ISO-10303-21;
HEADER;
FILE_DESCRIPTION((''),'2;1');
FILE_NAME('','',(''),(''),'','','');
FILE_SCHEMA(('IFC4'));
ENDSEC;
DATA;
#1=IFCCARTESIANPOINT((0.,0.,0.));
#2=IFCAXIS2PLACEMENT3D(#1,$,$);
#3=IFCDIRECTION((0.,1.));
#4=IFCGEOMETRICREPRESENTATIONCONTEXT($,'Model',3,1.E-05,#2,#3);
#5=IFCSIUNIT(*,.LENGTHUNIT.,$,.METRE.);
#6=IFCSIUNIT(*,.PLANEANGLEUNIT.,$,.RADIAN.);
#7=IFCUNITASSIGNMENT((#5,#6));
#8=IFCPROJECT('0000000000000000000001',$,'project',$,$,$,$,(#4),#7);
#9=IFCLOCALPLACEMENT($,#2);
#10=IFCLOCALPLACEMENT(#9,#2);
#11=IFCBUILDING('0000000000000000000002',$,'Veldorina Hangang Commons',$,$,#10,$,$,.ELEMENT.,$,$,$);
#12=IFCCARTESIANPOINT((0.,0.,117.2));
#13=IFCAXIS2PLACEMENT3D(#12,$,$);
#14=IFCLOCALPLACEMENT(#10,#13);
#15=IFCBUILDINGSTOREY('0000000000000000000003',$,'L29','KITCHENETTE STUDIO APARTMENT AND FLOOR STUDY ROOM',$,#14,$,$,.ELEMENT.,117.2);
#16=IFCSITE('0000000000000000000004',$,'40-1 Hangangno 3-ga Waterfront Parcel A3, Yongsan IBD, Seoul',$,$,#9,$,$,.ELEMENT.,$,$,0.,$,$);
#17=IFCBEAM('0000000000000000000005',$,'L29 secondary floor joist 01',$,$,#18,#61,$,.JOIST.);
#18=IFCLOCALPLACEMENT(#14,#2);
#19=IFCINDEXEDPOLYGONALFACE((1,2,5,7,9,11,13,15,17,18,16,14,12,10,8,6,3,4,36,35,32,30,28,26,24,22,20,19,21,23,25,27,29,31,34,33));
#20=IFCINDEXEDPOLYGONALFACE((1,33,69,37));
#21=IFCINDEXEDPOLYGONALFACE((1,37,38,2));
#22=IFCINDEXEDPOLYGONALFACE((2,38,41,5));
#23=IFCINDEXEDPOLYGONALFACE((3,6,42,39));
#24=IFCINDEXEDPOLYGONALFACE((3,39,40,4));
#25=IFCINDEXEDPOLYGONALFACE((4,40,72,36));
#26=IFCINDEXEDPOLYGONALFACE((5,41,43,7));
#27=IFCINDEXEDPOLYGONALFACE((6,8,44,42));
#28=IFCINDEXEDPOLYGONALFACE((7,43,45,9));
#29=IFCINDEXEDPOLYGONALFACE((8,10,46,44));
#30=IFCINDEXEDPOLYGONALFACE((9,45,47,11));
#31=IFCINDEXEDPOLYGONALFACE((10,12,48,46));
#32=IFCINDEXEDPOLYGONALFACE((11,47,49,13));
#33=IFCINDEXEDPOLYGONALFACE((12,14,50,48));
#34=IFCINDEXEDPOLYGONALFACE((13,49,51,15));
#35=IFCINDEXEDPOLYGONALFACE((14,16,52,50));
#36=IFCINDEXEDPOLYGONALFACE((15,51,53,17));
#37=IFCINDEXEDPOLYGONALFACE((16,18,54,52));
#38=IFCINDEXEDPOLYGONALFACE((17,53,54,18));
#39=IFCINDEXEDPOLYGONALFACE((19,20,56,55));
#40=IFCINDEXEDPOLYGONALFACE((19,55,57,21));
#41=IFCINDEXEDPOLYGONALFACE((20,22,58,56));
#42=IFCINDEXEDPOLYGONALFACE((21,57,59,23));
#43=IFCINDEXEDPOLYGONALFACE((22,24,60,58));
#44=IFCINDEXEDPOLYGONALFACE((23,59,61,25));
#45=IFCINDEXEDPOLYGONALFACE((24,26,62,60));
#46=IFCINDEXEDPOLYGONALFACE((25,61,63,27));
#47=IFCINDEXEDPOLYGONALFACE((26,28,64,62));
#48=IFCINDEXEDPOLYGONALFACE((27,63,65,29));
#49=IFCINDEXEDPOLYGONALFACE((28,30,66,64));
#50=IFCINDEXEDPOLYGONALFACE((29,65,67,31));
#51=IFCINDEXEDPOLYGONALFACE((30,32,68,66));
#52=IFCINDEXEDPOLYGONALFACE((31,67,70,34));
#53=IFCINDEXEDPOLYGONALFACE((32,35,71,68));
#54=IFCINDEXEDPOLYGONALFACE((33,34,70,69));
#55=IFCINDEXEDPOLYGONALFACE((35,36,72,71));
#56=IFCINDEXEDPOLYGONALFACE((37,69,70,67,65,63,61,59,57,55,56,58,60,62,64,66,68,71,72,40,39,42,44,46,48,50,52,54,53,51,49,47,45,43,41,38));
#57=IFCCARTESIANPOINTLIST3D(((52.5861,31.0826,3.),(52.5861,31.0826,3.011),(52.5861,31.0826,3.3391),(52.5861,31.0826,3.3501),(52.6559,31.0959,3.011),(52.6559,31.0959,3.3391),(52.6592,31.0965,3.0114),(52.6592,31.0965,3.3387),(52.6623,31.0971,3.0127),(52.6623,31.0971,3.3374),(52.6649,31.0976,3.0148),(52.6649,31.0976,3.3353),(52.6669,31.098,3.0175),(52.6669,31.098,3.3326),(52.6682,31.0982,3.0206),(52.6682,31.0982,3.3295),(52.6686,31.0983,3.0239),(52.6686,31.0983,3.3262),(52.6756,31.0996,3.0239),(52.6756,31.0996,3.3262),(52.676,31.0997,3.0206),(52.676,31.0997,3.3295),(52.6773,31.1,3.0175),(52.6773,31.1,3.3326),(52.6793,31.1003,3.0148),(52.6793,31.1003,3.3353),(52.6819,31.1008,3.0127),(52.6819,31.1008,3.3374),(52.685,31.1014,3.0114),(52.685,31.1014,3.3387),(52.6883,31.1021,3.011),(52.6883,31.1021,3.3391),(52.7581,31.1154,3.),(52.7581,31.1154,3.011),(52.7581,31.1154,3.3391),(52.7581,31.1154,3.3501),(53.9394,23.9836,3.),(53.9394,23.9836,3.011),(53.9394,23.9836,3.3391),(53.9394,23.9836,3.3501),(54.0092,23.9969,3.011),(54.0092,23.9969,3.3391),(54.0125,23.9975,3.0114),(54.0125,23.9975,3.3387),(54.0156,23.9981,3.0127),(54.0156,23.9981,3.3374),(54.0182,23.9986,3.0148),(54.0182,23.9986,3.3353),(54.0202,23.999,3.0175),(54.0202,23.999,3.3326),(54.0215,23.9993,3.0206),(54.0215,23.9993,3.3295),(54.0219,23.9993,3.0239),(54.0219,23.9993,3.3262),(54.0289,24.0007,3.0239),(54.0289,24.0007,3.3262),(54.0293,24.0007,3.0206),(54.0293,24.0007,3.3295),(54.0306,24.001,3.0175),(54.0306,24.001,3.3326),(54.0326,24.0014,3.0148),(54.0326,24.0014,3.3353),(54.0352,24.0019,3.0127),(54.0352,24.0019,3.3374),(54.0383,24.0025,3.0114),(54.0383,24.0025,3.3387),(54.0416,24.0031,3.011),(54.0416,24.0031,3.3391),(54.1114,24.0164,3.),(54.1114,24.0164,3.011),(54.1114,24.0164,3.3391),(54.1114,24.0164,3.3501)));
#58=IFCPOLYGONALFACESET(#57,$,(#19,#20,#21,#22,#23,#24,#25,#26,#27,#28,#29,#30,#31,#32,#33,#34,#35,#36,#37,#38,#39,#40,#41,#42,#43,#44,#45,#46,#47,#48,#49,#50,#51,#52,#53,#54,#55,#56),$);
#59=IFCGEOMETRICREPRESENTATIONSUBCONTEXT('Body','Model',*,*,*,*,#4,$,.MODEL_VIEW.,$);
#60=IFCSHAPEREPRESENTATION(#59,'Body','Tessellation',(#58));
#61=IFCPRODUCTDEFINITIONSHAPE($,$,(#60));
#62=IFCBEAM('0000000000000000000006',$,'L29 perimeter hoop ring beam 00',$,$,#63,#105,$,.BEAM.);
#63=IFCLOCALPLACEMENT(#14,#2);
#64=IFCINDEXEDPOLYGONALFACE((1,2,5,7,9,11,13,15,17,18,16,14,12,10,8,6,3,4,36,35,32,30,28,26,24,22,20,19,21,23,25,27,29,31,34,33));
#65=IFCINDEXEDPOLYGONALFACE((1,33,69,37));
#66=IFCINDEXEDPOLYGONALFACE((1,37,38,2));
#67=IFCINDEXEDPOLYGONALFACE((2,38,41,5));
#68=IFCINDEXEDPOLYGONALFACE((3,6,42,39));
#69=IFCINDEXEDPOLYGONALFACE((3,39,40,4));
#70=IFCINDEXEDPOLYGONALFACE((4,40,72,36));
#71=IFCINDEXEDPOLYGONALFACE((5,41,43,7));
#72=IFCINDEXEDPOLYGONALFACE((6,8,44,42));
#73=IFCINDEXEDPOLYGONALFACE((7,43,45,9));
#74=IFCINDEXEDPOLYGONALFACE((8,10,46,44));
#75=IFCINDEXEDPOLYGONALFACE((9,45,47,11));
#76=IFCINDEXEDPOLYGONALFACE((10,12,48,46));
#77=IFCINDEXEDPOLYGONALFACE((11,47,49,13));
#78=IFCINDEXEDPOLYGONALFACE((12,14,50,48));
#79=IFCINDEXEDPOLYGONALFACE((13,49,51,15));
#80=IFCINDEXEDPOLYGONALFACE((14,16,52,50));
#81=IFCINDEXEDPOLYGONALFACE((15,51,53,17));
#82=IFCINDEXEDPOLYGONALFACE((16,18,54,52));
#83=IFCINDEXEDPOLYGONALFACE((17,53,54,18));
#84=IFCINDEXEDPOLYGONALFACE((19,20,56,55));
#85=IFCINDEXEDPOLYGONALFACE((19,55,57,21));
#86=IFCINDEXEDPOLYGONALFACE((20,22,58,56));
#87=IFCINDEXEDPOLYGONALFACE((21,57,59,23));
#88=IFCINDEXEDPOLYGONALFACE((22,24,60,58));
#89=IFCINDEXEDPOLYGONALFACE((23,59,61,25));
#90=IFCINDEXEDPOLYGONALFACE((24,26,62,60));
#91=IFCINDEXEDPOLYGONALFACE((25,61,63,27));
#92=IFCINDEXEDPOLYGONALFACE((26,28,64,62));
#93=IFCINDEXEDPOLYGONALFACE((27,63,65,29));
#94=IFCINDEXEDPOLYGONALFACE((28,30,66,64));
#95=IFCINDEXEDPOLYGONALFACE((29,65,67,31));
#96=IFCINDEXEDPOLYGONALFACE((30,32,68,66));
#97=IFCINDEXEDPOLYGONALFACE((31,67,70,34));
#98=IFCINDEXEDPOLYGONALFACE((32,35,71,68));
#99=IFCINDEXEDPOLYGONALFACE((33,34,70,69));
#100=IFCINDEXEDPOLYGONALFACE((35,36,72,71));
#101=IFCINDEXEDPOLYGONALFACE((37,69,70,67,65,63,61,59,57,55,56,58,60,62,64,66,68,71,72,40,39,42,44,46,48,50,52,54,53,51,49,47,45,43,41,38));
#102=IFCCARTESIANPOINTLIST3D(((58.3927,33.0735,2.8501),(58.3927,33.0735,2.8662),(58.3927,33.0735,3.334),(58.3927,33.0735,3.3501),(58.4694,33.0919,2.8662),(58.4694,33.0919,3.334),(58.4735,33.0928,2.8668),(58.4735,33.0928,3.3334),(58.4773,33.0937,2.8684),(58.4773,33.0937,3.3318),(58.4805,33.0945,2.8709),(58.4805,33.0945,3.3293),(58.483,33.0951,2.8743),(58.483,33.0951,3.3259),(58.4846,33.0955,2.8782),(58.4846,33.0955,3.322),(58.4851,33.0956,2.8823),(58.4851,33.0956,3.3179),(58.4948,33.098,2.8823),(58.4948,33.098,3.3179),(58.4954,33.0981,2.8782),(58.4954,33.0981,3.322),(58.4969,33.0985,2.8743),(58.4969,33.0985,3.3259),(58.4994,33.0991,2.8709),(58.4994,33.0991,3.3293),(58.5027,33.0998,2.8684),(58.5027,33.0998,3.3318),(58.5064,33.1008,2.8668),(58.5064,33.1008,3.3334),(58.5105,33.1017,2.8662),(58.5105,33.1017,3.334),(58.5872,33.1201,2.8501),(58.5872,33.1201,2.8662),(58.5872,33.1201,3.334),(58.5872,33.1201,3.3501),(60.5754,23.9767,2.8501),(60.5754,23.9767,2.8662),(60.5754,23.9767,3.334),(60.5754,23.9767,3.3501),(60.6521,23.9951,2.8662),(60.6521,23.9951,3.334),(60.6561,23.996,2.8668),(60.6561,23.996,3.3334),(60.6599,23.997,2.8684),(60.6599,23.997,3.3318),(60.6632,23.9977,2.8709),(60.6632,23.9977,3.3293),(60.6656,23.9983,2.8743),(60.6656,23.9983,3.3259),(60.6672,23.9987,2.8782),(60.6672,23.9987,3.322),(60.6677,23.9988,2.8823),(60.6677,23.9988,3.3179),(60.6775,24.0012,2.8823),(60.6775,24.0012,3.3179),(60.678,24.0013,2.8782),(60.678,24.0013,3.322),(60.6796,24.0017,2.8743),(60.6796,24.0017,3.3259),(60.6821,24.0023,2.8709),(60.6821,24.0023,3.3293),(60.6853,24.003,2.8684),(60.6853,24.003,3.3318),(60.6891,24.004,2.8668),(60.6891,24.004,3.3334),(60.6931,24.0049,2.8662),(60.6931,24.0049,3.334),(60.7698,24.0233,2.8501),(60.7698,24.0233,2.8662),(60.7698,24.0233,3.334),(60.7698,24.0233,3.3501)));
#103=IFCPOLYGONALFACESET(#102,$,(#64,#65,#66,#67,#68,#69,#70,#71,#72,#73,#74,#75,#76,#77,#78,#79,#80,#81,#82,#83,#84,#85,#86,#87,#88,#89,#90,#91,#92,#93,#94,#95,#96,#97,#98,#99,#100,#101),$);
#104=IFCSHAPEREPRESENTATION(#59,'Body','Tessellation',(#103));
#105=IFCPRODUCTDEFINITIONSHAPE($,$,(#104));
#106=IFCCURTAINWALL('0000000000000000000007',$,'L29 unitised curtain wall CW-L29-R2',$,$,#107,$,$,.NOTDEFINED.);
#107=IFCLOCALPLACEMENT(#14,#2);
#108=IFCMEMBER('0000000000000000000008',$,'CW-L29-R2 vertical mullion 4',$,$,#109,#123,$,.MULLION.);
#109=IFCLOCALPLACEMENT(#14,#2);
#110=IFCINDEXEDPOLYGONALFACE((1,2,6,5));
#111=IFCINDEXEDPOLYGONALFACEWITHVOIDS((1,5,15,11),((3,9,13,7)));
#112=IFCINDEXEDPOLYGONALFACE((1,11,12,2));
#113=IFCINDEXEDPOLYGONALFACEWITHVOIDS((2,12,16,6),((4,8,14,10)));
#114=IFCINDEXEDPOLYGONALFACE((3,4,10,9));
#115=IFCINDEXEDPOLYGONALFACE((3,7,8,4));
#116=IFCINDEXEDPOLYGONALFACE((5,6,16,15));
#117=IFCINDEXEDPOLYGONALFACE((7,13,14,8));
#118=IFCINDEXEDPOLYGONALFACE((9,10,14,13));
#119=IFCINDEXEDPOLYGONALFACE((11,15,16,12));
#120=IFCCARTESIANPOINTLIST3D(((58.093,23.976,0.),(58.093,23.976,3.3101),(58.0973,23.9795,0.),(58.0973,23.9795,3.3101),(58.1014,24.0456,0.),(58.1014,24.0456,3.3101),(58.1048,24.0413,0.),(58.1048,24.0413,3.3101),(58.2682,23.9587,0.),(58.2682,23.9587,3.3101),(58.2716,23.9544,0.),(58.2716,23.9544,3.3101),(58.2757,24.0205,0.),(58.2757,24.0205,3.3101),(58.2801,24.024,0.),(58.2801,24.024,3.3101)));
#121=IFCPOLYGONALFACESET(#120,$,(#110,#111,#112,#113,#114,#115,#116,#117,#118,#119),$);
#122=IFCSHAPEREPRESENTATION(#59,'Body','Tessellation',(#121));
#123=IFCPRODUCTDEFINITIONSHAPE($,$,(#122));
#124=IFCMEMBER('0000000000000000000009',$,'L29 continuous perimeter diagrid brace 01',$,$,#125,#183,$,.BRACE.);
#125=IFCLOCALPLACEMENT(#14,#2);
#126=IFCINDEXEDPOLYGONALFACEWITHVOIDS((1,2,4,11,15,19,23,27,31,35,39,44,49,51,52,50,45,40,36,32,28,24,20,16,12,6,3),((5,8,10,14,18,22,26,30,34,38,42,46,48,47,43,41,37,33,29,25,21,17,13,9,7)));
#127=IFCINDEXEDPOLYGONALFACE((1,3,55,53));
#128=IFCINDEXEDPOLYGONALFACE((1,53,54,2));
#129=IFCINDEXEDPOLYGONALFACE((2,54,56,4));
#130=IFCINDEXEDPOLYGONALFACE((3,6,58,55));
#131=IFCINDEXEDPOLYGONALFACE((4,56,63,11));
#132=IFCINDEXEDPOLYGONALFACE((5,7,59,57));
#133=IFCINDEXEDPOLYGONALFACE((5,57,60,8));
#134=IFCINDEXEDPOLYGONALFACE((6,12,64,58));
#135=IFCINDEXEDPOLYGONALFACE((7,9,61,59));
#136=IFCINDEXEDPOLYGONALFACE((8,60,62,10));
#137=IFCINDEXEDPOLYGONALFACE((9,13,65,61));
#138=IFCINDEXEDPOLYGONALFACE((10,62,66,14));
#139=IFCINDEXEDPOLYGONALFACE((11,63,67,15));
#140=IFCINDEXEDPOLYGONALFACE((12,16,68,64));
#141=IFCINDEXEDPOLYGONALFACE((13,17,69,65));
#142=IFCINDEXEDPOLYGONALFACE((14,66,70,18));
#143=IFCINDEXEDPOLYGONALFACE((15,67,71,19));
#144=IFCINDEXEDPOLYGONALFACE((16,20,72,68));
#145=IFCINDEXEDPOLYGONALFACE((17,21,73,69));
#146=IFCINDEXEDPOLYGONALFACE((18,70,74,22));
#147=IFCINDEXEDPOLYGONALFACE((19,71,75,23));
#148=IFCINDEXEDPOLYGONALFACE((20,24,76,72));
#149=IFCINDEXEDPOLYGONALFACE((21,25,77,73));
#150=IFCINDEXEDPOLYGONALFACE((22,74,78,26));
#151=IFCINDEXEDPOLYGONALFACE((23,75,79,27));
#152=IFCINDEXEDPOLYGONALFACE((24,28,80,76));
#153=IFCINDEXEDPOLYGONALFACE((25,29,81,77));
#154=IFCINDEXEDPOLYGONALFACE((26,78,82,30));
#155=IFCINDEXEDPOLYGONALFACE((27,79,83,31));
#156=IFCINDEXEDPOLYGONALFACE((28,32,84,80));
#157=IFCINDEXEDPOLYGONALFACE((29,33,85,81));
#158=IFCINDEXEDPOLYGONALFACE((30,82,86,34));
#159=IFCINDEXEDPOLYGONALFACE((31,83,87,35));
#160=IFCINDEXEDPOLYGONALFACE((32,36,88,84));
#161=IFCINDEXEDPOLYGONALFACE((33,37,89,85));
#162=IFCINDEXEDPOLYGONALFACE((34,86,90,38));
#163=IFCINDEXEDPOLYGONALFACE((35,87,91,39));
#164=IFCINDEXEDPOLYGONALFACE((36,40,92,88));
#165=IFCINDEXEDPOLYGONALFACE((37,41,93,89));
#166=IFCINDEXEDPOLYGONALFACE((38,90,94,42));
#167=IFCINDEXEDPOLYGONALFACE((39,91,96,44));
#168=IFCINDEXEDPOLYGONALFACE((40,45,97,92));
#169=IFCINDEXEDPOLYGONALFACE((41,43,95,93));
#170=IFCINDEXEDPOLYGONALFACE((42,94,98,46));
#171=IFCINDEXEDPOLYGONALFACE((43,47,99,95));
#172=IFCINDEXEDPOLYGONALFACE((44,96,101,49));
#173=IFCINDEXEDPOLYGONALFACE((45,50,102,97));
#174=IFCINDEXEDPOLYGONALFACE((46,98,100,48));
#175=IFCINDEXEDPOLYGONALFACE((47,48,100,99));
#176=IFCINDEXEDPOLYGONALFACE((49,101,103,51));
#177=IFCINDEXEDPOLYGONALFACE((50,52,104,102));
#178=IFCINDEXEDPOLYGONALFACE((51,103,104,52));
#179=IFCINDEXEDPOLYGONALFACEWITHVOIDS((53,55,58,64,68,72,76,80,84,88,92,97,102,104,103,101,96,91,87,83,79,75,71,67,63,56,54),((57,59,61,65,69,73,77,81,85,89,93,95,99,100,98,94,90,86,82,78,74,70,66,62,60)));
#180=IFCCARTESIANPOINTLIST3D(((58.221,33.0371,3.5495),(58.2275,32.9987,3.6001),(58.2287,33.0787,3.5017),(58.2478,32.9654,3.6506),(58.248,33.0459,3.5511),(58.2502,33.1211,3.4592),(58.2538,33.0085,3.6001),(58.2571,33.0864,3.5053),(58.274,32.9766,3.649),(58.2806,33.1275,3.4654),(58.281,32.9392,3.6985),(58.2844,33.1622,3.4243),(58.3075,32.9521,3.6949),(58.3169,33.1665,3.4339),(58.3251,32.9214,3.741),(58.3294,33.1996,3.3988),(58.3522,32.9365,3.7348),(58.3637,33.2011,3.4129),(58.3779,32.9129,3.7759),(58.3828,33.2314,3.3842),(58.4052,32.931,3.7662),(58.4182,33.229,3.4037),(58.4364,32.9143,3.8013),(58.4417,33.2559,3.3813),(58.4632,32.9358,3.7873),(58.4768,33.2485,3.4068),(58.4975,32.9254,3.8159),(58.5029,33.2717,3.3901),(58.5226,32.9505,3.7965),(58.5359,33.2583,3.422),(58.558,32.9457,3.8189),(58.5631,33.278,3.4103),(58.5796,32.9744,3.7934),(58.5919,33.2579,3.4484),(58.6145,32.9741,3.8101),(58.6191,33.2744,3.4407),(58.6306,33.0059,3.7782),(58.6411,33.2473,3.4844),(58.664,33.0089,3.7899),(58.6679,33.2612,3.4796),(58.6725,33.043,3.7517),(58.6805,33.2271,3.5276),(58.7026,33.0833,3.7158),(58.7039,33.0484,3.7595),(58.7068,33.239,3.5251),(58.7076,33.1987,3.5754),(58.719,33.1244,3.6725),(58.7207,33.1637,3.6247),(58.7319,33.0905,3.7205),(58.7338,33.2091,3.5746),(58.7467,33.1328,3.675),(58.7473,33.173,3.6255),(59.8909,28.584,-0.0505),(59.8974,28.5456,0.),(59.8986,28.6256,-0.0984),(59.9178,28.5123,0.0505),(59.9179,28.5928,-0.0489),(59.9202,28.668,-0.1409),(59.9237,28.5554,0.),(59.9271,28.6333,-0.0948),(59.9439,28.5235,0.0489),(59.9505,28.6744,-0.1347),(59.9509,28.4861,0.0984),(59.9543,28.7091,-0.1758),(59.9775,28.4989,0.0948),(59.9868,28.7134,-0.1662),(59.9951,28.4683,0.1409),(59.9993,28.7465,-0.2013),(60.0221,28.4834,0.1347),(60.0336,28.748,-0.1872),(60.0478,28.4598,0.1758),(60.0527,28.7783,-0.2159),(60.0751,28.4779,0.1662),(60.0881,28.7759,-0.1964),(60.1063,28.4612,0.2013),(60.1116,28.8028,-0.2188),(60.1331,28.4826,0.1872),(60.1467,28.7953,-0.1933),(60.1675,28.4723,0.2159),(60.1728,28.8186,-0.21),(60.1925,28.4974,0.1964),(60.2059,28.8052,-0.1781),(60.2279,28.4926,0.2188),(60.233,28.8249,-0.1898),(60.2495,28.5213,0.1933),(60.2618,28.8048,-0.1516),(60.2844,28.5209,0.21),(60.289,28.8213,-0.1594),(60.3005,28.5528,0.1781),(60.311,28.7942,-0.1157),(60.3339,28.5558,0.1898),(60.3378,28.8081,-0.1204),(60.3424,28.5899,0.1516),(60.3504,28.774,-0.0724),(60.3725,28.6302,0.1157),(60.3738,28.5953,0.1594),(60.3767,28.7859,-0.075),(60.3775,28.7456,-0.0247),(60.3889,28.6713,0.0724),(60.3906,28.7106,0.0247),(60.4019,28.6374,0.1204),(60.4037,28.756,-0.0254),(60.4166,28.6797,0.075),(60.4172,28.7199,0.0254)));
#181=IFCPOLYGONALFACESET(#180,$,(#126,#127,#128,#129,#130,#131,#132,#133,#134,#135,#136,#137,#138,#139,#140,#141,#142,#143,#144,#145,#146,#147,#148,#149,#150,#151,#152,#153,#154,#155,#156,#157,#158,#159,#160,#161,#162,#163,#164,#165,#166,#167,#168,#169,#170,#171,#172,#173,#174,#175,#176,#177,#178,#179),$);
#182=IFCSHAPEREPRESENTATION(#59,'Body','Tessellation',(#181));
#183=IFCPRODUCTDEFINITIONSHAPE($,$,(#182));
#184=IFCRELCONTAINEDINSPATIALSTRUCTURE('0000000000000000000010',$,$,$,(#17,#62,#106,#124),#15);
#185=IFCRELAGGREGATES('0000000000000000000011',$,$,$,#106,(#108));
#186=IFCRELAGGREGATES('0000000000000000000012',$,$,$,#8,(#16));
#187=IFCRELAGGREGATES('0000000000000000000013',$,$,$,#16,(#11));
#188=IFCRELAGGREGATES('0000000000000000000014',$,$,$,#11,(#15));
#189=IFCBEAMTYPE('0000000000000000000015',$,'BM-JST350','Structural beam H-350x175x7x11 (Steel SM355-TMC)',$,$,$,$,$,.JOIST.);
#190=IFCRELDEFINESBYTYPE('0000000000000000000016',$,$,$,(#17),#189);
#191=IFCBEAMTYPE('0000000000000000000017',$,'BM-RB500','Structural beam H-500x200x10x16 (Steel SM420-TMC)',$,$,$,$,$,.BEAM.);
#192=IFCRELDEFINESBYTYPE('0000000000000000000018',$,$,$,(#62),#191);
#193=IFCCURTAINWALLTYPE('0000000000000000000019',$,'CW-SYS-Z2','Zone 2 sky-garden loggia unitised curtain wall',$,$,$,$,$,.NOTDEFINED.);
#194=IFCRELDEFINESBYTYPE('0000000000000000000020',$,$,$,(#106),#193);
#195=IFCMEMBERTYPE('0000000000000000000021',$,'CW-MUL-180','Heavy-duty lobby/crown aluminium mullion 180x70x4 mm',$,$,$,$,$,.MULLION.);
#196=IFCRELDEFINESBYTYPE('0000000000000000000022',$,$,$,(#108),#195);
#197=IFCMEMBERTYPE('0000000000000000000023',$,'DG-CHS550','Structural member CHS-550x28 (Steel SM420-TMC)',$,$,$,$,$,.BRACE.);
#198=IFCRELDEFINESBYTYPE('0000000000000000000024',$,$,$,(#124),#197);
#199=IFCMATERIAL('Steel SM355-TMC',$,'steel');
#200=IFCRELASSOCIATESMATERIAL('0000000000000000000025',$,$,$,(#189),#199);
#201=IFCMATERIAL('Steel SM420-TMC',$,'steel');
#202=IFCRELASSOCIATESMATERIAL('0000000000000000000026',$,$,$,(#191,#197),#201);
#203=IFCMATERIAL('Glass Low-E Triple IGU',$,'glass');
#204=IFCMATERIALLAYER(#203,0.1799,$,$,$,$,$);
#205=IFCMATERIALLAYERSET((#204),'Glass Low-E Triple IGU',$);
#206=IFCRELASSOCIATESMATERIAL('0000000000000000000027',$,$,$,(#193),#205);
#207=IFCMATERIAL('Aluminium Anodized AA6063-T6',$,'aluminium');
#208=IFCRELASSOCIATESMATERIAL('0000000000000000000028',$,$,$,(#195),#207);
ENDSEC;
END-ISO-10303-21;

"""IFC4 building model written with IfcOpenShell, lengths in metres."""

from ifc_helpers import new_model, si_unit, direction, frame, origin, origin_2d, place, context, subcontext, project, spatial, hollow_rectangle, hollow_circle, i_section, extrude, material, layer, layer_set, material_profile, profile_set, type_object, element, aggregate, save


model = new_model("IFC4")

# Units and contexts
model_context = context("Model", 3, precision=1e-05, world=origin(), true_north=direction((0.0, 1.0)))
body_context = subcontext(model_context, "Body", "Model", "MODEL_VIEW")
ifc_project = project(units=[si_unit("LENGTHUNIT", "METRE"), si_unit("PLANEANGLEUNIT", "RADIAN")], contexts=[model_context])

# Site, building, storey
site_placement = place(None, origin())
site = spatial("IfcSite", under=ifc_project, at=site_placement, Name="40-1 Hangangno 3-ga Waterfront Parcel A3, Yongsan IBD, Seoul", CompositionType="ELEMENT", RefElevation=0.0)
building_placement = place(site_placement, origin())
building = spatial("IfcBuilding", under=site, at=building_placement, Name="Veldorina Hangang Commons", CompositionType="ELEMENT")
storey_placement = place(building_placement, frame((0.0, 0.0, 117.2)))
storey = spatial("IfcBuildingStorey", under=building, at=storey_placement, Name="L29", Description="KITCHENETTE STUDIO APARTMENT AND FLOOR STUDY ROOM", CompositionType="ELEMENT", Elevation=117.2)

# Beams
ifc_material_1 = material(Name="Steel SM355-TMC", Category="steel")
ifc_material_profile_1 = material_profile(ifc_material_1, i_section(OverallWidth=0.175, OverallDepth=0.3501, WebThickness=0.0071, FlangeThickness=0.011, FilletRadius=0.0129, at=origin_2d()), Name="H-350x175x7x11")
ifc_profile_set_1 = profile_set([ifc_material_profile_1], Name="Steel SM355-TMC")
beam_type_1 = type_object("IfcBeamType", Name="BM-JST350", Description="Structural beam H-350x175x7x11 (Steel SM355-TMC)", PredefinedType="JOIST", material=ifc_profile_set_1)
beam_1_placement = place(storey_placement, frame((54.0254, 24.0, 3.175), z_axis=(-0.18726, 0.98231, 0.0), x_axis=(-0.98231, -0.18726, 0.0)))
element("IfcBeam", 1, at=beam_1_placement, inside=storey, type_object=beam_type_1, Name="L29 secondary floor joist 01", PredefinedType="JOIST", context=body_context, shape_type="SweptSolid", body=[
    extrude(i_section(OverallWidth=0.175, OverallDepth=0.3501, WebThickness=0.0071, FlangeThickness=0.011, FilletRadius=0.0129, at=origin_2d()), origin(), (0.0, 0.0, 1.0), 7.2268),
])
ifc_material_2 = material(Name="Steel SM420-TMC", Category="steel")
ifc_material_profile_2 = material_profile(ifc_material_2, i_section(OverallWidth=0.2, OverallDepth=0.5, WebThickness=0.01, FlangeThickness=0.0161, FilletRadius=0.0161, at=origin_2d()), Name="H-500x200x10x16")
ifc_profile_set_2 = profile_set([ifc_material_profile_2], Name="Steel SM420-TMC")
beam_type_2 = type_object("IfcBeamType", Name="BM-RB500", Description="Structural beam H-500x200x10x16 (Steel SM420-TMC)", PredefinedType="BEAM", material=ifc_profile_set_2)
beam_2_placement = place(storey_placement, frame((60.6726, 24.0, 3.1001), z_axis=(-0.233314, 0.972402, 0.0), x_axis=(-0.972402, -0.233314, 0.0)))
element("IfcBeam", 2, at=beam_2_placement, inside=storey, type_object=beam_type_2, Name="L29 perimeter hoop ring beam 00", PredefinedType="BEAM", context=body_context, shape_type="SweptSolid", body=[
    extrude(i_section(OverallWidth=0.2, OverallDepth=0.5, WebThickness=0.01, FlangeThickness=0.0161, FilletRadius=0.0161, at=origin_2d()), origin(), (0.0, 0.0, 1.0), 9.355),
])

# Curtain wall, member
ifc_material_3 = material(Name="Glass Low-E Triple IGU", Category="glass")
ifc_layer_1 = layer(ifc_material_3, 0.1799)
ifc_layer_set_1 = layer_set([ifc_layer_1], Name="Glass Low-E Triple IGU")
curtain_wall_type = type_object("IfcCurtainWallType", Name="CW-SYS-Z2", Description="Zone 2 sky-garden loggia unitised curtain wall", PredefinedType="NOTDEFINED", material=ifc_layer_set_1)
curtain_wall_placement = place(storey_placement, origin())
curtain_wall = element("IfcCurtainWall", 3, at=curtain_wall_placement, inside=storey, type_object=curtain_wall_type, Name="L29 unitised curtain wall CW-L29-R2", PredefinedType="NOTDEFINED")
ifc_material_4 = material(Name="Aluminium Anodized AA6063-T6", Category="aluminium")
ifc_material_profile_3 = material_profile(ifc_material_4, hollow_rectangle(XDim=0.0701, YDim=0.1799, WallThickness=0.0039, at=origin_2d()), Name="ALU-RHS-180x70x4")
ifc_profile_set_3 = profile_set([ifc_material_profile_3], Name="Aluminium Anodized AA6063-T6")
member_type_1 = type_object("IfcMemberType", Name="CW-MUL-180", Description="Heavy-duty lobby/crown aluminium mullion 180x70x4 mm", PredefinedType="MULLION", material=ifc_profile_set_3)
member_1_placement = place(storey_placement, frame((58.1865, 24.0, 0.0), z_axis=(0.0, 0.0, 1.0), x_axis=(-0.120362, -0.99273, 0.0)))
member_1 = element("IfcMember", 4, at=member_1_placement, type_object=member_type_1, Name="CW-L29-R2 vertical mullion 4", PredefinedType="MULLION", context=body_context, shape_type="SweptSolid", body=[
    extrude(hollow_rectangle(XDim=0.0701, YDim=0.1799, WallThickness=0.0039, at=origin_2d()), origin(), (0.0, 0.0, 1.0), 3.3101),
])
aggregate(curtain_wall, [member_1])

# Member
ifc_material_profile_4 = material_profile(ifc_material_2, hollow_circle(Radius=0.2749, WallThickness=0.0281, at=origin_2d()), Name="CHS-550x28")
ifc_profile_set_4 = profile_set([ifc_material_profile_4], Name="Steel SM420-TMC")
member_type_2 = type_object("IfcMemberType", Name="DG-CHS550", Description="Structural member CHS-550x28 (Steel SM420-TMC)", PredefinedType="BRACE", material=ifc_profile_set_4)
member_2_placement = place(storey_placement, frame((60.1548, 28.6421, 0.0), z_axis=(-0.27996, 0.746559, 0.60355), x_axis=(-0.936329, -0.351123, 0.0)))
element("IfcMember", 5, at=member_2_placement, inside=storey, type_object=member_type_2, Name="L29 continuous perimeter diagrid brace 01", PredefinedType="BRACE", context=body_context, shape_type="SweptSolid", body=[
    extrude(hollow_circle(Radius=0.2749, WallThickness=0.0281, at=origin_2d()), origin(), (0.0, 0.0, 1.0), 5.9648),
])

save(model, "model.ifc")
